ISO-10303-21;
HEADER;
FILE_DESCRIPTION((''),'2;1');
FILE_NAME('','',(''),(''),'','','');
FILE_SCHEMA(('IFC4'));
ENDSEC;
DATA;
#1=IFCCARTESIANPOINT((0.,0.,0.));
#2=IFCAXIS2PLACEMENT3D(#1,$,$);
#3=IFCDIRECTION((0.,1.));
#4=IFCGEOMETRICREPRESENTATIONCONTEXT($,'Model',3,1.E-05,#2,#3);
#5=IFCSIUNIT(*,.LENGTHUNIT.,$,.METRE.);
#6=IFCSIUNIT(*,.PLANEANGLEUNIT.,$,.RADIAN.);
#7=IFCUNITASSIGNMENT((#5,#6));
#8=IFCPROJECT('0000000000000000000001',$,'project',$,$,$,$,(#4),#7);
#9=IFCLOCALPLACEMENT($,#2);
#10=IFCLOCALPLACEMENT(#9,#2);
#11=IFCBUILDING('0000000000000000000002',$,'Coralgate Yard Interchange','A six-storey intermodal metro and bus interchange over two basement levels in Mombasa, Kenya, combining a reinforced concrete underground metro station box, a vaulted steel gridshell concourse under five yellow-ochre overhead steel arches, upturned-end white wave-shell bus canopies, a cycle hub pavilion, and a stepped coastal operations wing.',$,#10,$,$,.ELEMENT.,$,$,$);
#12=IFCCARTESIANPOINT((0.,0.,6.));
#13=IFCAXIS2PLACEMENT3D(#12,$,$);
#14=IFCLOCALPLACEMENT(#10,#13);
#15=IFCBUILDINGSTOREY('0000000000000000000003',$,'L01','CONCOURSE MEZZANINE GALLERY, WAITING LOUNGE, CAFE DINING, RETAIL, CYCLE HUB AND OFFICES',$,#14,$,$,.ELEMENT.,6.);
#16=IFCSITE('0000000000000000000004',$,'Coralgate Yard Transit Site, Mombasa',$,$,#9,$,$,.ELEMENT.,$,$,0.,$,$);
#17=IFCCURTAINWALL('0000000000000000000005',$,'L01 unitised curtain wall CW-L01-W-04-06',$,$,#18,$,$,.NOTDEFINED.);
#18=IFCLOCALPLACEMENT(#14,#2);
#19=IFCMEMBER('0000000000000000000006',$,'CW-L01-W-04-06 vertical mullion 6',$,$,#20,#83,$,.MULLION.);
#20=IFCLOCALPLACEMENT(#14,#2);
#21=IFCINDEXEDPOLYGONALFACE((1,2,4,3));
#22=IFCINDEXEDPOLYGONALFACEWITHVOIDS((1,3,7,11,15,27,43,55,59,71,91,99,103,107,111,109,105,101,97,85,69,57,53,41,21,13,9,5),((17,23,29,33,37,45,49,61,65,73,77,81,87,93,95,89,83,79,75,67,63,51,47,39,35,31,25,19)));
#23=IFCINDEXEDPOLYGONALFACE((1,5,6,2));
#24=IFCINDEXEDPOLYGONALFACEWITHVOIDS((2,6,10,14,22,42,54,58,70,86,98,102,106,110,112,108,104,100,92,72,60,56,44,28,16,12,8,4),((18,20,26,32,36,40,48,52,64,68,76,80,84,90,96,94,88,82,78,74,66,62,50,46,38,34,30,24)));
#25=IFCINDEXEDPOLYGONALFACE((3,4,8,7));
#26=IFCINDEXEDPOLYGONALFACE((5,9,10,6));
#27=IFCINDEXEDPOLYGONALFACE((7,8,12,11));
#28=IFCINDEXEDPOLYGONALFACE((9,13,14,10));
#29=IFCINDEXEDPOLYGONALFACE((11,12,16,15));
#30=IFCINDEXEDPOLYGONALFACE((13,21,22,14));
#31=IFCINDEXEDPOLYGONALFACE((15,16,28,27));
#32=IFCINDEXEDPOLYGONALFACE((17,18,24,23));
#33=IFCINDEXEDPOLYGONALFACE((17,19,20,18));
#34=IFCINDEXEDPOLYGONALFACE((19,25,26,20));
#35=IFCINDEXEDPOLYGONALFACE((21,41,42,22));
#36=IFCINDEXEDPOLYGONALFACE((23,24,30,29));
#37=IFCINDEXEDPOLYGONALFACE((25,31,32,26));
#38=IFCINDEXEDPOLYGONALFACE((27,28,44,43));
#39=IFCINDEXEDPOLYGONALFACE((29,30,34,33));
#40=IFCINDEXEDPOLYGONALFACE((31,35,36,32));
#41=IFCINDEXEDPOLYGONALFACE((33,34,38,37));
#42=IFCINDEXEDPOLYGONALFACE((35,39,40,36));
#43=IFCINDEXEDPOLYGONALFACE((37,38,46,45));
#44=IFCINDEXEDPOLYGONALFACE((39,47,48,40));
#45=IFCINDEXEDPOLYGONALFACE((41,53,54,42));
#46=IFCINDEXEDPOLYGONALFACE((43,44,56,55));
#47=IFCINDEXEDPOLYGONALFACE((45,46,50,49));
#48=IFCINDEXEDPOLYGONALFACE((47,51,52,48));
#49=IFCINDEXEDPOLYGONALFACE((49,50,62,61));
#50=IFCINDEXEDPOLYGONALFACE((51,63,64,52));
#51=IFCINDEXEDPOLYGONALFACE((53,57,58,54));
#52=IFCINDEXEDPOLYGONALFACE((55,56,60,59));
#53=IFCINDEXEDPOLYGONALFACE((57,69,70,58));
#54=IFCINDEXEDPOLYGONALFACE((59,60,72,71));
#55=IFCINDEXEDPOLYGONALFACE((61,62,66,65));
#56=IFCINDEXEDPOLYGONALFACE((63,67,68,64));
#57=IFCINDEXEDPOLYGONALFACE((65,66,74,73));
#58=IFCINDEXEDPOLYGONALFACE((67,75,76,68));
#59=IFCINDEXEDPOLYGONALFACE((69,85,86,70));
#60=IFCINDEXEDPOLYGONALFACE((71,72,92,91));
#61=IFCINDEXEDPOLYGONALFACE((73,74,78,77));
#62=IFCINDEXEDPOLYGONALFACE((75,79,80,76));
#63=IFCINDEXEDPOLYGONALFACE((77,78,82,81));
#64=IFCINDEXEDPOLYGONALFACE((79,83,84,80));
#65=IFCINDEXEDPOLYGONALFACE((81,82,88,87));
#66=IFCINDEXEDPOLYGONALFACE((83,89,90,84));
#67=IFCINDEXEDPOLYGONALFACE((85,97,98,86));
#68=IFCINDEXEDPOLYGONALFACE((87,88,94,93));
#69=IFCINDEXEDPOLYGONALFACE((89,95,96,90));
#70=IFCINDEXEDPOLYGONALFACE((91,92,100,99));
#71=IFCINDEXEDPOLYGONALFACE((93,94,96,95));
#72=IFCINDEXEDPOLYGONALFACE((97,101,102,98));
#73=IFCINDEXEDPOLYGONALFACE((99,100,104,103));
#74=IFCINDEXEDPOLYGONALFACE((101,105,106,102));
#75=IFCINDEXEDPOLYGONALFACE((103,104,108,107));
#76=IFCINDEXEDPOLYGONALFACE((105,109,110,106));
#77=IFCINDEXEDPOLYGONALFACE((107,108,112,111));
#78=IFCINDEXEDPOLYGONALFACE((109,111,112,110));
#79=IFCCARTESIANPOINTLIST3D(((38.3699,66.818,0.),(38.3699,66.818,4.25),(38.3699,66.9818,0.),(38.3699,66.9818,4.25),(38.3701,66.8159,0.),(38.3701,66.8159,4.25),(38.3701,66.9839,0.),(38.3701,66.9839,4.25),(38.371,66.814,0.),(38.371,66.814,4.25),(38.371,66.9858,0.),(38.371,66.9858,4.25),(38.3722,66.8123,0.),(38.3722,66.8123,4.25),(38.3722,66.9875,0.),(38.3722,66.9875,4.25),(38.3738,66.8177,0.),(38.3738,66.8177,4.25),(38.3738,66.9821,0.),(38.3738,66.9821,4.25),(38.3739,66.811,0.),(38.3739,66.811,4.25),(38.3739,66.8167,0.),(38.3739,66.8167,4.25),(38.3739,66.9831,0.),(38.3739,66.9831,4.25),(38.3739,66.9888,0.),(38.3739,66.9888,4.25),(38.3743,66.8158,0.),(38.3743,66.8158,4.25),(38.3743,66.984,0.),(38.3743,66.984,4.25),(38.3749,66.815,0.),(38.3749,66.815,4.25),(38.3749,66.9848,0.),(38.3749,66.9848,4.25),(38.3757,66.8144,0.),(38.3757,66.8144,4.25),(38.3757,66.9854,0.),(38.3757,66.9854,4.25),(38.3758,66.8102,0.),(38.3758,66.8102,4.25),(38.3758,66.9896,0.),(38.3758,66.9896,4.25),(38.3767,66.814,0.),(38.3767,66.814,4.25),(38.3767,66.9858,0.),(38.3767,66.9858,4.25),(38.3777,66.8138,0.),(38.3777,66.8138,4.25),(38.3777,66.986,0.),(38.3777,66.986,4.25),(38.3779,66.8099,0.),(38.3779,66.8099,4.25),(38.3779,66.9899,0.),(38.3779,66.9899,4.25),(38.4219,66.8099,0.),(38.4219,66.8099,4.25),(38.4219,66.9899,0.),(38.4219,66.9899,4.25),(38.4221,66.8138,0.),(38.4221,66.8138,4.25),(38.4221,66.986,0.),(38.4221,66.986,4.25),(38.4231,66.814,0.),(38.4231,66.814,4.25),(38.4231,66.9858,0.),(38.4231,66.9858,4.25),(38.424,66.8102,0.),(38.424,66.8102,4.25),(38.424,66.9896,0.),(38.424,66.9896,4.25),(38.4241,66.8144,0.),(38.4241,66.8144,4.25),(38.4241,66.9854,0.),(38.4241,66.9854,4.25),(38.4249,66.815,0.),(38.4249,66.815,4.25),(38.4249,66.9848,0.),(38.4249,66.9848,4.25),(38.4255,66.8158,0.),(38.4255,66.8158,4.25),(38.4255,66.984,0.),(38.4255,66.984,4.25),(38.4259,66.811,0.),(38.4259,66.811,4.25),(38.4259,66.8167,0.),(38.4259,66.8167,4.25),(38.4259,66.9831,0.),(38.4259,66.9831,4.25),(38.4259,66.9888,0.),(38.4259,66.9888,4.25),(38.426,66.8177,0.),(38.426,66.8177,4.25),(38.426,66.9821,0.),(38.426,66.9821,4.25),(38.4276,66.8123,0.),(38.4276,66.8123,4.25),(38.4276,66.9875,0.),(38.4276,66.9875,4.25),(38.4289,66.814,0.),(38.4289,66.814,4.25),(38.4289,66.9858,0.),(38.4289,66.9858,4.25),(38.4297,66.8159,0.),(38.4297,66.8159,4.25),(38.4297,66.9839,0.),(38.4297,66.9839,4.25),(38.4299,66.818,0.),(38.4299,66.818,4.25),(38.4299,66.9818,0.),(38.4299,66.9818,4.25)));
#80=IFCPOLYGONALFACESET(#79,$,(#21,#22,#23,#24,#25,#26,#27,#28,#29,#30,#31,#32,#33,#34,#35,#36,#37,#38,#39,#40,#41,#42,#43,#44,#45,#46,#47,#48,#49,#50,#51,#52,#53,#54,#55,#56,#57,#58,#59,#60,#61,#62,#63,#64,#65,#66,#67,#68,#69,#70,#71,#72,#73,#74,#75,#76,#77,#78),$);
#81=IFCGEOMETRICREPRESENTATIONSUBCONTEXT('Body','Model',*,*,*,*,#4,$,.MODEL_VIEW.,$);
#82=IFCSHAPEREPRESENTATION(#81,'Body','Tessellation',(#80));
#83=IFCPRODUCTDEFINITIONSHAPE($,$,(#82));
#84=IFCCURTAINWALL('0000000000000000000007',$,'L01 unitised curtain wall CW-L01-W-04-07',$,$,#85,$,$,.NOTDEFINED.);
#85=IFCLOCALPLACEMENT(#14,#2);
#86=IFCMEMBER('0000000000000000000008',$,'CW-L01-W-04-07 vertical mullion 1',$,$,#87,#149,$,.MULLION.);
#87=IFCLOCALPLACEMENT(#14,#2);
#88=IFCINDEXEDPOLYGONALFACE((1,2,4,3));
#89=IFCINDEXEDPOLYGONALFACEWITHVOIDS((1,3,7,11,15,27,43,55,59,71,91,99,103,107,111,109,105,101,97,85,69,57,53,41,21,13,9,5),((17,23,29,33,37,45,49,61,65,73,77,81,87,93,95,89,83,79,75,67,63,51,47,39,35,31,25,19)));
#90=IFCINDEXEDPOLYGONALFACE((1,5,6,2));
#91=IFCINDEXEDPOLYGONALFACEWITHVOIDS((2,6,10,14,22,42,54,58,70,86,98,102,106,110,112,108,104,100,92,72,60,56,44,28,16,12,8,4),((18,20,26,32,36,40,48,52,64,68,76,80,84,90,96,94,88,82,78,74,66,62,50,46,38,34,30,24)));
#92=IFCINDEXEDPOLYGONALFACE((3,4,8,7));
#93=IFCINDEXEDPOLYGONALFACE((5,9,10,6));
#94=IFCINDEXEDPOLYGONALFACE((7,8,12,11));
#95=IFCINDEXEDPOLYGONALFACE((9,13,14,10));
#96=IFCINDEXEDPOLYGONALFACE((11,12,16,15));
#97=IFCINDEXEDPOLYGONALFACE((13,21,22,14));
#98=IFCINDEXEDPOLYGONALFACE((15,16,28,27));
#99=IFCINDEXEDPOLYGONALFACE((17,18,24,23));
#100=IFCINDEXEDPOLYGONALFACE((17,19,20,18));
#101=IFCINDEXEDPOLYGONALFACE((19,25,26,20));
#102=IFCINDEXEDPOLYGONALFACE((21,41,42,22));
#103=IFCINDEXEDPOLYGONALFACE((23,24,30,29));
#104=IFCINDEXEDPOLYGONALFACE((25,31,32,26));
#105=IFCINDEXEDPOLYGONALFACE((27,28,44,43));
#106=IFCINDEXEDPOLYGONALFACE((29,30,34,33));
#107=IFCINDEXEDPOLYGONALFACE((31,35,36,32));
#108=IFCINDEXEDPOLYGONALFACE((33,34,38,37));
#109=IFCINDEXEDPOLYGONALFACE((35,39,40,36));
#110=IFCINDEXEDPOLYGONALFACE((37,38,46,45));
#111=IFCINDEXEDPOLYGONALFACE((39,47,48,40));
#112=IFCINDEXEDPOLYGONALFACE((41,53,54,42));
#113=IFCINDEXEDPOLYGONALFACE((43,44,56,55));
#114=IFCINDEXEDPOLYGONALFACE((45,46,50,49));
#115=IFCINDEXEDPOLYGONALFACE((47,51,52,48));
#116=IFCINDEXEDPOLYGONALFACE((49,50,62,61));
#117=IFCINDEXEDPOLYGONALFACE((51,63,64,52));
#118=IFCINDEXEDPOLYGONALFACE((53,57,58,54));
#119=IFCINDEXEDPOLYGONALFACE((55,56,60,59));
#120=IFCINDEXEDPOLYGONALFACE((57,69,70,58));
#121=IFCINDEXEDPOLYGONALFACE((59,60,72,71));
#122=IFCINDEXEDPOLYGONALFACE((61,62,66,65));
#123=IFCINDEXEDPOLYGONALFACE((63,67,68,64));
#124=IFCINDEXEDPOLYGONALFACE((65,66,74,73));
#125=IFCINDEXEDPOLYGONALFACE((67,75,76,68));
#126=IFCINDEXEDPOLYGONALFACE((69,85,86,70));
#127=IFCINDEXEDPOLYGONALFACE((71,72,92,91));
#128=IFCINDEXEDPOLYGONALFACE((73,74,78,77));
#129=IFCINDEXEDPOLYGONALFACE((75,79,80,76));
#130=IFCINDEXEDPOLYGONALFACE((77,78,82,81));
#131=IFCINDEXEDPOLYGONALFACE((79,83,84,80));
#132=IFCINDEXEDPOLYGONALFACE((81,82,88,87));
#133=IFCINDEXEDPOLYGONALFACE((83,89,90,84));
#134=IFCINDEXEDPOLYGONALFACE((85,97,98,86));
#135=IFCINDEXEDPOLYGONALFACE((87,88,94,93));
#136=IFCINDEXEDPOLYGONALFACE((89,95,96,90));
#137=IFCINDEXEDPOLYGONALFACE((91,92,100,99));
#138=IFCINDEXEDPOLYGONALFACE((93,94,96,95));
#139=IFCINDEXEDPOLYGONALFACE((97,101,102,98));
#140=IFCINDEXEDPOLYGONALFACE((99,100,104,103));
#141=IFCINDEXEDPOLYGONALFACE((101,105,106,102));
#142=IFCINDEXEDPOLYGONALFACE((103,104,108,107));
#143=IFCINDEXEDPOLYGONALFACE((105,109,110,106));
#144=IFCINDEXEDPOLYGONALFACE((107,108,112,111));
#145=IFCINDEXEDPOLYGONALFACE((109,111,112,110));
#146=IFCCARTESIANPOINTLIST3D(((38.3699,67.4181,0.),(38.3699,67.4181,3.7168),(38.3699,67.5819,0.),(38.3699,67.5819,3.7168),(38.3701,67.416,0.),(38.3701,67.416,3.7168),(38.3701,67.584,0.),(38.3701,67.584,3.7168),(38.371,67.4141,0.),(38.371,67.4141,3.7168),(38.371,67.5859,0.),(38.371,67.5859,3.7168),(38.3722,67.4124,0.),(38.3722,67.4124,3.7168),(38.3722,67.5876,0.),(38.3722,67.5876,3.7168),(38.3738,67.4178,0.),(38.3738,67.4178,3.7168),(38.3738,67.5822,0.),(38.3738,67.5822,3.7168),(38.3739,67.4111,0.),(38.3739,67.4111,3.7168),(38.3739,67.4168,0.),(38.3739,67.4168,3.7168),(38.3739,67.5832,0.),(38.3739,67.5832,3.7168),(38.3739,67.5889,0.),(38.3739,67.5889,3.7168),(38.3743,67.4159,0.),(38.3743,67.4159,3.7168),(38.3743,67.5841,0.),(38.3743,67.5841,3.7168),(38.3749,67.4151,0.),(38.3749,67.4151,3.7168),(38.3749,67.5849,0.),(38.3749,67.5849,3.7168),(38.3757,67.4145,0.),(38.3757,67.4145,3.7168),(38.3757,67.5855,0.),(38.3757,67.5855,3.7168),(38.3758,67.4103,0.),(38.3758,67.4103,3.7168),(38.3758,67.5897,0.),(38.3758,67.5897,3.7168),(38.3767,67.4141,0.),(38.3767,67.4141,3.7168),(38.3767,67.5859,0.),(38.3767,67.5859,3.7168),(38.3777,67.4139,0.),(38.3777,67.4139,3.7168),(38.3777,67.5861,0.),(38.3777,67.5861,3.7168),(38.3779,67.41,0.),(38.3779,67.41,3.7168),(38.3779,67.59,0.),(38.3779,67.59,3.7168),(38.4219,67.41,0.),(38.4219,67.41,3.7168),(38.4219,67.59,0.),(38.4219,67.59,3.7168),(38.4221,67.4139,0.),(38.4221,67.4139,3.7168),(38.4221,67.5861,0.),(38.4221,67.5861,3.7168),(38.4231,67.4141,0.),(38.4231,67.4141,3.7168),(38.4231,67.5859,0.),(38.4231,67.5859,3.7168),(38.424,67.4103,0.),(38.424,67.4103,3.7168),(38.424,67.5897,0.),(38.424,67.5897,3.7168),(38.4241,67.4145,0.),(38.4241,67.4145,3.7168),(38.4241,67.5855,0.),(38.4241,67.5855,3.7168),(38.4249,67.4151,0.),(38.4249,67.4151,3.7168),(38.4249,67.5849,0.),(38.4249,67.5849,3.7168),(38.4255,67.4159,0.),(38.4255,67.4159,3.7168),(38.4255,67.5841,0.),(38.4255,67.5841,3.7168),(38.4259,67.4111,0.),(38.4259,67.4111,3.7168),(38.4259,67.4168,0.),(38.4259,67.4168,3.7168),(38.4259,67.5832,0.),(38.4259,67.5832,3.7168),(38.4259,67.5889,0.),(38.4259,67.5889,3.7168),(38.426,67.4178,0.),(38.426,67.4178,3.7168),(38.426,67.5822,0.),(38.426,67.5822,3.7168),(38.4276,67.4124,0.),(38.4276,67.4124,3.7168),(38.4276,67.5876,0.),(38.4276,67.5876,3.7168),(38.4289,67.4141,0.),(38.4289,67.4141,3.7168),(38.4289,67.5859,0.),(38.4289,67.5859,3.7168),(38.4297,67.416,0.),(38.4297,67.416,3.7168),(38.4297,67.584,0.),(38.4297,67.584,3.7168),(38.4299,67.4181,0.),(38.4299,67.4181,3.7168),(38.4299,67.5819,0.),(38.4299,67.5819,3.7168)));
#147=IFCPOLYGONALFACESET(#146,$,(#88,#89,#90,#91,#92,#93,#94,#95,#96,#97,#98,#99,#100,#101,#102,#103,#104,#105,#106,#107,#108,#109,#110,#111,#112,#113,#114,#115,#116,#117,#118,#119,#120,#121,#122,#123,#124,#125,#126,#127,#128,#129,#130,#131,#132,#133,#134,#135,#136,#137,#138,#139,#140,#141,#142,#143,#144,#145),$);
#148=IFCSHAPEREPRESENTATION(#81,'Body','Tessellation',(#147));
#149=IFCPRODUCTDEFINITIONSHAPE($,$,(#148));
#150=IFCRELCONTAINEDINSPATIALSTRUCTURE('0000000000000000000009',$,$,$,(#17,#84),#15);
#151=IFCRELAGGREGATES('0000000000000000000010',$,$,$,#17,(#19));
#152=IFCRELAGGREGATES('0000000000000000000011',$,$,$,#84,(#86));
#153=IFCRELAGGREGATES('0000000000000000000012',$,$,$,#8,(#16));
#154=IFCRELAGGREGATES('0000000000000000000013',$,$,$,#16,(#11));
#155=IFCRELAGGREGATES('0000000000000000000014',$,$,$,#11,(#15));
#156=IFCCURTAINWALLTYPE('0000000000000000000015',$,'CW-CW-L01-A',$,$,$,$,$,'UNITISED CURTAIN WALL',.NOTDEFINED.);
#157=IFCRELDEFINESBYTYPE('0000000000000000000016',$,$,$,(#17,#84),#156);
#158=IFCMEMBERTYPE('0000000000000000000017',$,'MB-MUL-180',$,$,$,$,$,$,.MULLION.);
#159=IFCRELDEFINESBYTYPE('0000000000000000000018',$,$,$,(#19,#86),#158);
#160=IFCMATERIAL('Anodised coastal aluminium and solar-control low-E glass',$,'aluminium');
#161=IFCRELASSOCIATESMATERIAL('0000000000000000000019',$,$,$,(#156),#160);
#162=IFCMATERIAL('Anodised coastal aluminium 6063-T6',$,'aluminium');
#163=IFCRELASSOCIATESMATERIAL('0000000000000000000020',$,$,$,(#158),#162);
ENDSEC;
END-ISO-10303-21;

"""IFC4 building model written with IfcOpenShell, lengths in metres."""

from ifc_helpers import new_model, si_unit, direction, frame, origin, origin_2d, place, context, subcontext, project, spatial, hollow_rectangle, extrude, material, material_profile, profile_set, type_object, element, aggregate, save


model = new_model("IFC4")

# Units and contexts
model_context = context("Model", 3, precision=1e-05, world=origin(), true_north=direction((0.0, 1.0)))
body_context = subcontext(model_context, "Body", "Model", "MODEL_VIEW")
ifc_project = project(units=[si_unit("LENGTHUNIT", "METRE"), si_unit("PLANEANGLEUNIT", "RADIAN")], contexts=[model_context])

# Site, building, storey
site_placement = place(None, origin())
site = spatial("IfcSite", under=ifc_project, at=site_placement, Name="Coralgate Yard Transit Site, Mombasa", CompositionType="ELEMENT", RefElevation=0.0)
building_placement = place(site_placement, origin())
building = spatial("IfcBuilding", under=site, at=building_placement, Name="Coralgate Yard Interchange", Description="A six-storey intermodal metro and bus interchange over two basement levels in Mombasa, Kenya, combining a reinforced concrete underground metro station box, a vaulted steel gridshell concourse under five yellow-ochre overhead steel arches, upturned-end white wave-shell bus canopies, a cycle hub pavilion, and a stepped coastal operations wing.", CompositionType="ELEMENT")
storey_placement = place(building_placement, frame((0.0, 0.0, 6.0)))
storey = spatial("IfcBuildingStorey", under=building, at=storey_placement, Name="L01", Description="CONCOURSE MEZZANINE GALLERY, WAITING LOUNGE, CAFE DINING, RETAIL, CYCLE HUB AND OFFICES", CompositionType="ELEMENT", Elevation=6.0)

# Curtain wall, member
ifc_material_1 = material(Name="Anodised coastal aluminium and solar-control low-E glass", Category="aluminium")
curtain_wall_type = type_object("IfcCurtainWallType", Name="CW-CW-L01-A", ElementType="UNITISED CURTAIN WALL", PredefinedType="NOTDEFINED", material=ifc_material_1)
curtain_wall_1_placement = place(storey_placement, origin())
curtain_wall_1 = element("IfcCurtainWall", 1, at=curtain_wall_1_placement, inside=storey, type_object=curtain_wall_type, Name="L01 unitised curtain wall CW-L01-W-04-06", PredefinedType="NOTDEFINED")
ifc_material_2 = material(Name="Anodised coastal aluminium 6063-T6", Category="aluminium")
ifc_material_profile_1 = material_profile(ifc_material_2, hollow_rectangle(XDim=0.0601, YDim=0.1799, WallThickness=0.0039, InnerFilletRadius=0.0039, OuterFilletRadius=0.0081, at=origin_2d()), Name="ALU 60x180x4")
ifc_profile_set_1 = profile_set([ifc_material_profile_1], Name="Anodised coastal aluminium 6063-T6")
member_type_1 = type_object("IfcMemberType", Name="MB-MUL-180", PredefinedType="MULLION", material=ifc_profile_set_1)
member_1_placement = place(storey_placement, frame((38.3999, 66.8999, 0.0), z_axis=(0.0, 0.0, 1.0), x_axis=(1.0, 0.0, 0.0)))
member_1 = element("IfcMember", 2, at=member_1_placement, type_object=member_type_1, Name="CW-L01-W-04-06 vertical mullion 6", PredefinedType="MULLION", context=body_context, shape_type="SweptSolid", body=[
    extrude(hollow_rectangle(XDim=0.0601, YDim=0.1799, WallThickness=0.0039, InnerFilletRadius=0.0039, OuterFilletRadius=0.0081, at=origin_2d()), origin(), (0.0, 0.0, 1.0), 4.25),
])

# Curtain wall, member
curtain_wall_2_placement = place(storey_placement, origin())
curtain_wall_2 = element("IfcCurtainWall", 3, at=curtain_wall_2_placement, inside=storey, type_object=curtain_wall_type, Name="L01 unitised curtain wall CW-L01-W-04-07", PredefinedType="NOTDEFINED")
member_2_placement = place(storey_placement, frame((38.3999, 67.5, 0.0), z_axis=(0.0, 0.0, 1.0), x_axis=(1.0, 0.0, 0.0)))
member_2 = element("IfcMember", 4, at=member_2_placement, type_object=member_type_1, Name="CW-L01-W-04-07 vertical mullion 1", PredefinedType="MULLION", context=body_context, shape_type="SweptSolid", body=[
    extrude(hollow_rectangle(XDim=0.0601, YDim=0.1799, WallThickness=0.0039, InnerFilletRadius=0.0039, OuterFilletRadius=0.0081, at=origin_2d()), origin(), (0.0, 0.0, 1.0), 3.7168),
])

aggregate(curtain_wall_1, [member_1])
aggregate(curtain_wall_2, [member_2])

save(model, "model.ifc")
